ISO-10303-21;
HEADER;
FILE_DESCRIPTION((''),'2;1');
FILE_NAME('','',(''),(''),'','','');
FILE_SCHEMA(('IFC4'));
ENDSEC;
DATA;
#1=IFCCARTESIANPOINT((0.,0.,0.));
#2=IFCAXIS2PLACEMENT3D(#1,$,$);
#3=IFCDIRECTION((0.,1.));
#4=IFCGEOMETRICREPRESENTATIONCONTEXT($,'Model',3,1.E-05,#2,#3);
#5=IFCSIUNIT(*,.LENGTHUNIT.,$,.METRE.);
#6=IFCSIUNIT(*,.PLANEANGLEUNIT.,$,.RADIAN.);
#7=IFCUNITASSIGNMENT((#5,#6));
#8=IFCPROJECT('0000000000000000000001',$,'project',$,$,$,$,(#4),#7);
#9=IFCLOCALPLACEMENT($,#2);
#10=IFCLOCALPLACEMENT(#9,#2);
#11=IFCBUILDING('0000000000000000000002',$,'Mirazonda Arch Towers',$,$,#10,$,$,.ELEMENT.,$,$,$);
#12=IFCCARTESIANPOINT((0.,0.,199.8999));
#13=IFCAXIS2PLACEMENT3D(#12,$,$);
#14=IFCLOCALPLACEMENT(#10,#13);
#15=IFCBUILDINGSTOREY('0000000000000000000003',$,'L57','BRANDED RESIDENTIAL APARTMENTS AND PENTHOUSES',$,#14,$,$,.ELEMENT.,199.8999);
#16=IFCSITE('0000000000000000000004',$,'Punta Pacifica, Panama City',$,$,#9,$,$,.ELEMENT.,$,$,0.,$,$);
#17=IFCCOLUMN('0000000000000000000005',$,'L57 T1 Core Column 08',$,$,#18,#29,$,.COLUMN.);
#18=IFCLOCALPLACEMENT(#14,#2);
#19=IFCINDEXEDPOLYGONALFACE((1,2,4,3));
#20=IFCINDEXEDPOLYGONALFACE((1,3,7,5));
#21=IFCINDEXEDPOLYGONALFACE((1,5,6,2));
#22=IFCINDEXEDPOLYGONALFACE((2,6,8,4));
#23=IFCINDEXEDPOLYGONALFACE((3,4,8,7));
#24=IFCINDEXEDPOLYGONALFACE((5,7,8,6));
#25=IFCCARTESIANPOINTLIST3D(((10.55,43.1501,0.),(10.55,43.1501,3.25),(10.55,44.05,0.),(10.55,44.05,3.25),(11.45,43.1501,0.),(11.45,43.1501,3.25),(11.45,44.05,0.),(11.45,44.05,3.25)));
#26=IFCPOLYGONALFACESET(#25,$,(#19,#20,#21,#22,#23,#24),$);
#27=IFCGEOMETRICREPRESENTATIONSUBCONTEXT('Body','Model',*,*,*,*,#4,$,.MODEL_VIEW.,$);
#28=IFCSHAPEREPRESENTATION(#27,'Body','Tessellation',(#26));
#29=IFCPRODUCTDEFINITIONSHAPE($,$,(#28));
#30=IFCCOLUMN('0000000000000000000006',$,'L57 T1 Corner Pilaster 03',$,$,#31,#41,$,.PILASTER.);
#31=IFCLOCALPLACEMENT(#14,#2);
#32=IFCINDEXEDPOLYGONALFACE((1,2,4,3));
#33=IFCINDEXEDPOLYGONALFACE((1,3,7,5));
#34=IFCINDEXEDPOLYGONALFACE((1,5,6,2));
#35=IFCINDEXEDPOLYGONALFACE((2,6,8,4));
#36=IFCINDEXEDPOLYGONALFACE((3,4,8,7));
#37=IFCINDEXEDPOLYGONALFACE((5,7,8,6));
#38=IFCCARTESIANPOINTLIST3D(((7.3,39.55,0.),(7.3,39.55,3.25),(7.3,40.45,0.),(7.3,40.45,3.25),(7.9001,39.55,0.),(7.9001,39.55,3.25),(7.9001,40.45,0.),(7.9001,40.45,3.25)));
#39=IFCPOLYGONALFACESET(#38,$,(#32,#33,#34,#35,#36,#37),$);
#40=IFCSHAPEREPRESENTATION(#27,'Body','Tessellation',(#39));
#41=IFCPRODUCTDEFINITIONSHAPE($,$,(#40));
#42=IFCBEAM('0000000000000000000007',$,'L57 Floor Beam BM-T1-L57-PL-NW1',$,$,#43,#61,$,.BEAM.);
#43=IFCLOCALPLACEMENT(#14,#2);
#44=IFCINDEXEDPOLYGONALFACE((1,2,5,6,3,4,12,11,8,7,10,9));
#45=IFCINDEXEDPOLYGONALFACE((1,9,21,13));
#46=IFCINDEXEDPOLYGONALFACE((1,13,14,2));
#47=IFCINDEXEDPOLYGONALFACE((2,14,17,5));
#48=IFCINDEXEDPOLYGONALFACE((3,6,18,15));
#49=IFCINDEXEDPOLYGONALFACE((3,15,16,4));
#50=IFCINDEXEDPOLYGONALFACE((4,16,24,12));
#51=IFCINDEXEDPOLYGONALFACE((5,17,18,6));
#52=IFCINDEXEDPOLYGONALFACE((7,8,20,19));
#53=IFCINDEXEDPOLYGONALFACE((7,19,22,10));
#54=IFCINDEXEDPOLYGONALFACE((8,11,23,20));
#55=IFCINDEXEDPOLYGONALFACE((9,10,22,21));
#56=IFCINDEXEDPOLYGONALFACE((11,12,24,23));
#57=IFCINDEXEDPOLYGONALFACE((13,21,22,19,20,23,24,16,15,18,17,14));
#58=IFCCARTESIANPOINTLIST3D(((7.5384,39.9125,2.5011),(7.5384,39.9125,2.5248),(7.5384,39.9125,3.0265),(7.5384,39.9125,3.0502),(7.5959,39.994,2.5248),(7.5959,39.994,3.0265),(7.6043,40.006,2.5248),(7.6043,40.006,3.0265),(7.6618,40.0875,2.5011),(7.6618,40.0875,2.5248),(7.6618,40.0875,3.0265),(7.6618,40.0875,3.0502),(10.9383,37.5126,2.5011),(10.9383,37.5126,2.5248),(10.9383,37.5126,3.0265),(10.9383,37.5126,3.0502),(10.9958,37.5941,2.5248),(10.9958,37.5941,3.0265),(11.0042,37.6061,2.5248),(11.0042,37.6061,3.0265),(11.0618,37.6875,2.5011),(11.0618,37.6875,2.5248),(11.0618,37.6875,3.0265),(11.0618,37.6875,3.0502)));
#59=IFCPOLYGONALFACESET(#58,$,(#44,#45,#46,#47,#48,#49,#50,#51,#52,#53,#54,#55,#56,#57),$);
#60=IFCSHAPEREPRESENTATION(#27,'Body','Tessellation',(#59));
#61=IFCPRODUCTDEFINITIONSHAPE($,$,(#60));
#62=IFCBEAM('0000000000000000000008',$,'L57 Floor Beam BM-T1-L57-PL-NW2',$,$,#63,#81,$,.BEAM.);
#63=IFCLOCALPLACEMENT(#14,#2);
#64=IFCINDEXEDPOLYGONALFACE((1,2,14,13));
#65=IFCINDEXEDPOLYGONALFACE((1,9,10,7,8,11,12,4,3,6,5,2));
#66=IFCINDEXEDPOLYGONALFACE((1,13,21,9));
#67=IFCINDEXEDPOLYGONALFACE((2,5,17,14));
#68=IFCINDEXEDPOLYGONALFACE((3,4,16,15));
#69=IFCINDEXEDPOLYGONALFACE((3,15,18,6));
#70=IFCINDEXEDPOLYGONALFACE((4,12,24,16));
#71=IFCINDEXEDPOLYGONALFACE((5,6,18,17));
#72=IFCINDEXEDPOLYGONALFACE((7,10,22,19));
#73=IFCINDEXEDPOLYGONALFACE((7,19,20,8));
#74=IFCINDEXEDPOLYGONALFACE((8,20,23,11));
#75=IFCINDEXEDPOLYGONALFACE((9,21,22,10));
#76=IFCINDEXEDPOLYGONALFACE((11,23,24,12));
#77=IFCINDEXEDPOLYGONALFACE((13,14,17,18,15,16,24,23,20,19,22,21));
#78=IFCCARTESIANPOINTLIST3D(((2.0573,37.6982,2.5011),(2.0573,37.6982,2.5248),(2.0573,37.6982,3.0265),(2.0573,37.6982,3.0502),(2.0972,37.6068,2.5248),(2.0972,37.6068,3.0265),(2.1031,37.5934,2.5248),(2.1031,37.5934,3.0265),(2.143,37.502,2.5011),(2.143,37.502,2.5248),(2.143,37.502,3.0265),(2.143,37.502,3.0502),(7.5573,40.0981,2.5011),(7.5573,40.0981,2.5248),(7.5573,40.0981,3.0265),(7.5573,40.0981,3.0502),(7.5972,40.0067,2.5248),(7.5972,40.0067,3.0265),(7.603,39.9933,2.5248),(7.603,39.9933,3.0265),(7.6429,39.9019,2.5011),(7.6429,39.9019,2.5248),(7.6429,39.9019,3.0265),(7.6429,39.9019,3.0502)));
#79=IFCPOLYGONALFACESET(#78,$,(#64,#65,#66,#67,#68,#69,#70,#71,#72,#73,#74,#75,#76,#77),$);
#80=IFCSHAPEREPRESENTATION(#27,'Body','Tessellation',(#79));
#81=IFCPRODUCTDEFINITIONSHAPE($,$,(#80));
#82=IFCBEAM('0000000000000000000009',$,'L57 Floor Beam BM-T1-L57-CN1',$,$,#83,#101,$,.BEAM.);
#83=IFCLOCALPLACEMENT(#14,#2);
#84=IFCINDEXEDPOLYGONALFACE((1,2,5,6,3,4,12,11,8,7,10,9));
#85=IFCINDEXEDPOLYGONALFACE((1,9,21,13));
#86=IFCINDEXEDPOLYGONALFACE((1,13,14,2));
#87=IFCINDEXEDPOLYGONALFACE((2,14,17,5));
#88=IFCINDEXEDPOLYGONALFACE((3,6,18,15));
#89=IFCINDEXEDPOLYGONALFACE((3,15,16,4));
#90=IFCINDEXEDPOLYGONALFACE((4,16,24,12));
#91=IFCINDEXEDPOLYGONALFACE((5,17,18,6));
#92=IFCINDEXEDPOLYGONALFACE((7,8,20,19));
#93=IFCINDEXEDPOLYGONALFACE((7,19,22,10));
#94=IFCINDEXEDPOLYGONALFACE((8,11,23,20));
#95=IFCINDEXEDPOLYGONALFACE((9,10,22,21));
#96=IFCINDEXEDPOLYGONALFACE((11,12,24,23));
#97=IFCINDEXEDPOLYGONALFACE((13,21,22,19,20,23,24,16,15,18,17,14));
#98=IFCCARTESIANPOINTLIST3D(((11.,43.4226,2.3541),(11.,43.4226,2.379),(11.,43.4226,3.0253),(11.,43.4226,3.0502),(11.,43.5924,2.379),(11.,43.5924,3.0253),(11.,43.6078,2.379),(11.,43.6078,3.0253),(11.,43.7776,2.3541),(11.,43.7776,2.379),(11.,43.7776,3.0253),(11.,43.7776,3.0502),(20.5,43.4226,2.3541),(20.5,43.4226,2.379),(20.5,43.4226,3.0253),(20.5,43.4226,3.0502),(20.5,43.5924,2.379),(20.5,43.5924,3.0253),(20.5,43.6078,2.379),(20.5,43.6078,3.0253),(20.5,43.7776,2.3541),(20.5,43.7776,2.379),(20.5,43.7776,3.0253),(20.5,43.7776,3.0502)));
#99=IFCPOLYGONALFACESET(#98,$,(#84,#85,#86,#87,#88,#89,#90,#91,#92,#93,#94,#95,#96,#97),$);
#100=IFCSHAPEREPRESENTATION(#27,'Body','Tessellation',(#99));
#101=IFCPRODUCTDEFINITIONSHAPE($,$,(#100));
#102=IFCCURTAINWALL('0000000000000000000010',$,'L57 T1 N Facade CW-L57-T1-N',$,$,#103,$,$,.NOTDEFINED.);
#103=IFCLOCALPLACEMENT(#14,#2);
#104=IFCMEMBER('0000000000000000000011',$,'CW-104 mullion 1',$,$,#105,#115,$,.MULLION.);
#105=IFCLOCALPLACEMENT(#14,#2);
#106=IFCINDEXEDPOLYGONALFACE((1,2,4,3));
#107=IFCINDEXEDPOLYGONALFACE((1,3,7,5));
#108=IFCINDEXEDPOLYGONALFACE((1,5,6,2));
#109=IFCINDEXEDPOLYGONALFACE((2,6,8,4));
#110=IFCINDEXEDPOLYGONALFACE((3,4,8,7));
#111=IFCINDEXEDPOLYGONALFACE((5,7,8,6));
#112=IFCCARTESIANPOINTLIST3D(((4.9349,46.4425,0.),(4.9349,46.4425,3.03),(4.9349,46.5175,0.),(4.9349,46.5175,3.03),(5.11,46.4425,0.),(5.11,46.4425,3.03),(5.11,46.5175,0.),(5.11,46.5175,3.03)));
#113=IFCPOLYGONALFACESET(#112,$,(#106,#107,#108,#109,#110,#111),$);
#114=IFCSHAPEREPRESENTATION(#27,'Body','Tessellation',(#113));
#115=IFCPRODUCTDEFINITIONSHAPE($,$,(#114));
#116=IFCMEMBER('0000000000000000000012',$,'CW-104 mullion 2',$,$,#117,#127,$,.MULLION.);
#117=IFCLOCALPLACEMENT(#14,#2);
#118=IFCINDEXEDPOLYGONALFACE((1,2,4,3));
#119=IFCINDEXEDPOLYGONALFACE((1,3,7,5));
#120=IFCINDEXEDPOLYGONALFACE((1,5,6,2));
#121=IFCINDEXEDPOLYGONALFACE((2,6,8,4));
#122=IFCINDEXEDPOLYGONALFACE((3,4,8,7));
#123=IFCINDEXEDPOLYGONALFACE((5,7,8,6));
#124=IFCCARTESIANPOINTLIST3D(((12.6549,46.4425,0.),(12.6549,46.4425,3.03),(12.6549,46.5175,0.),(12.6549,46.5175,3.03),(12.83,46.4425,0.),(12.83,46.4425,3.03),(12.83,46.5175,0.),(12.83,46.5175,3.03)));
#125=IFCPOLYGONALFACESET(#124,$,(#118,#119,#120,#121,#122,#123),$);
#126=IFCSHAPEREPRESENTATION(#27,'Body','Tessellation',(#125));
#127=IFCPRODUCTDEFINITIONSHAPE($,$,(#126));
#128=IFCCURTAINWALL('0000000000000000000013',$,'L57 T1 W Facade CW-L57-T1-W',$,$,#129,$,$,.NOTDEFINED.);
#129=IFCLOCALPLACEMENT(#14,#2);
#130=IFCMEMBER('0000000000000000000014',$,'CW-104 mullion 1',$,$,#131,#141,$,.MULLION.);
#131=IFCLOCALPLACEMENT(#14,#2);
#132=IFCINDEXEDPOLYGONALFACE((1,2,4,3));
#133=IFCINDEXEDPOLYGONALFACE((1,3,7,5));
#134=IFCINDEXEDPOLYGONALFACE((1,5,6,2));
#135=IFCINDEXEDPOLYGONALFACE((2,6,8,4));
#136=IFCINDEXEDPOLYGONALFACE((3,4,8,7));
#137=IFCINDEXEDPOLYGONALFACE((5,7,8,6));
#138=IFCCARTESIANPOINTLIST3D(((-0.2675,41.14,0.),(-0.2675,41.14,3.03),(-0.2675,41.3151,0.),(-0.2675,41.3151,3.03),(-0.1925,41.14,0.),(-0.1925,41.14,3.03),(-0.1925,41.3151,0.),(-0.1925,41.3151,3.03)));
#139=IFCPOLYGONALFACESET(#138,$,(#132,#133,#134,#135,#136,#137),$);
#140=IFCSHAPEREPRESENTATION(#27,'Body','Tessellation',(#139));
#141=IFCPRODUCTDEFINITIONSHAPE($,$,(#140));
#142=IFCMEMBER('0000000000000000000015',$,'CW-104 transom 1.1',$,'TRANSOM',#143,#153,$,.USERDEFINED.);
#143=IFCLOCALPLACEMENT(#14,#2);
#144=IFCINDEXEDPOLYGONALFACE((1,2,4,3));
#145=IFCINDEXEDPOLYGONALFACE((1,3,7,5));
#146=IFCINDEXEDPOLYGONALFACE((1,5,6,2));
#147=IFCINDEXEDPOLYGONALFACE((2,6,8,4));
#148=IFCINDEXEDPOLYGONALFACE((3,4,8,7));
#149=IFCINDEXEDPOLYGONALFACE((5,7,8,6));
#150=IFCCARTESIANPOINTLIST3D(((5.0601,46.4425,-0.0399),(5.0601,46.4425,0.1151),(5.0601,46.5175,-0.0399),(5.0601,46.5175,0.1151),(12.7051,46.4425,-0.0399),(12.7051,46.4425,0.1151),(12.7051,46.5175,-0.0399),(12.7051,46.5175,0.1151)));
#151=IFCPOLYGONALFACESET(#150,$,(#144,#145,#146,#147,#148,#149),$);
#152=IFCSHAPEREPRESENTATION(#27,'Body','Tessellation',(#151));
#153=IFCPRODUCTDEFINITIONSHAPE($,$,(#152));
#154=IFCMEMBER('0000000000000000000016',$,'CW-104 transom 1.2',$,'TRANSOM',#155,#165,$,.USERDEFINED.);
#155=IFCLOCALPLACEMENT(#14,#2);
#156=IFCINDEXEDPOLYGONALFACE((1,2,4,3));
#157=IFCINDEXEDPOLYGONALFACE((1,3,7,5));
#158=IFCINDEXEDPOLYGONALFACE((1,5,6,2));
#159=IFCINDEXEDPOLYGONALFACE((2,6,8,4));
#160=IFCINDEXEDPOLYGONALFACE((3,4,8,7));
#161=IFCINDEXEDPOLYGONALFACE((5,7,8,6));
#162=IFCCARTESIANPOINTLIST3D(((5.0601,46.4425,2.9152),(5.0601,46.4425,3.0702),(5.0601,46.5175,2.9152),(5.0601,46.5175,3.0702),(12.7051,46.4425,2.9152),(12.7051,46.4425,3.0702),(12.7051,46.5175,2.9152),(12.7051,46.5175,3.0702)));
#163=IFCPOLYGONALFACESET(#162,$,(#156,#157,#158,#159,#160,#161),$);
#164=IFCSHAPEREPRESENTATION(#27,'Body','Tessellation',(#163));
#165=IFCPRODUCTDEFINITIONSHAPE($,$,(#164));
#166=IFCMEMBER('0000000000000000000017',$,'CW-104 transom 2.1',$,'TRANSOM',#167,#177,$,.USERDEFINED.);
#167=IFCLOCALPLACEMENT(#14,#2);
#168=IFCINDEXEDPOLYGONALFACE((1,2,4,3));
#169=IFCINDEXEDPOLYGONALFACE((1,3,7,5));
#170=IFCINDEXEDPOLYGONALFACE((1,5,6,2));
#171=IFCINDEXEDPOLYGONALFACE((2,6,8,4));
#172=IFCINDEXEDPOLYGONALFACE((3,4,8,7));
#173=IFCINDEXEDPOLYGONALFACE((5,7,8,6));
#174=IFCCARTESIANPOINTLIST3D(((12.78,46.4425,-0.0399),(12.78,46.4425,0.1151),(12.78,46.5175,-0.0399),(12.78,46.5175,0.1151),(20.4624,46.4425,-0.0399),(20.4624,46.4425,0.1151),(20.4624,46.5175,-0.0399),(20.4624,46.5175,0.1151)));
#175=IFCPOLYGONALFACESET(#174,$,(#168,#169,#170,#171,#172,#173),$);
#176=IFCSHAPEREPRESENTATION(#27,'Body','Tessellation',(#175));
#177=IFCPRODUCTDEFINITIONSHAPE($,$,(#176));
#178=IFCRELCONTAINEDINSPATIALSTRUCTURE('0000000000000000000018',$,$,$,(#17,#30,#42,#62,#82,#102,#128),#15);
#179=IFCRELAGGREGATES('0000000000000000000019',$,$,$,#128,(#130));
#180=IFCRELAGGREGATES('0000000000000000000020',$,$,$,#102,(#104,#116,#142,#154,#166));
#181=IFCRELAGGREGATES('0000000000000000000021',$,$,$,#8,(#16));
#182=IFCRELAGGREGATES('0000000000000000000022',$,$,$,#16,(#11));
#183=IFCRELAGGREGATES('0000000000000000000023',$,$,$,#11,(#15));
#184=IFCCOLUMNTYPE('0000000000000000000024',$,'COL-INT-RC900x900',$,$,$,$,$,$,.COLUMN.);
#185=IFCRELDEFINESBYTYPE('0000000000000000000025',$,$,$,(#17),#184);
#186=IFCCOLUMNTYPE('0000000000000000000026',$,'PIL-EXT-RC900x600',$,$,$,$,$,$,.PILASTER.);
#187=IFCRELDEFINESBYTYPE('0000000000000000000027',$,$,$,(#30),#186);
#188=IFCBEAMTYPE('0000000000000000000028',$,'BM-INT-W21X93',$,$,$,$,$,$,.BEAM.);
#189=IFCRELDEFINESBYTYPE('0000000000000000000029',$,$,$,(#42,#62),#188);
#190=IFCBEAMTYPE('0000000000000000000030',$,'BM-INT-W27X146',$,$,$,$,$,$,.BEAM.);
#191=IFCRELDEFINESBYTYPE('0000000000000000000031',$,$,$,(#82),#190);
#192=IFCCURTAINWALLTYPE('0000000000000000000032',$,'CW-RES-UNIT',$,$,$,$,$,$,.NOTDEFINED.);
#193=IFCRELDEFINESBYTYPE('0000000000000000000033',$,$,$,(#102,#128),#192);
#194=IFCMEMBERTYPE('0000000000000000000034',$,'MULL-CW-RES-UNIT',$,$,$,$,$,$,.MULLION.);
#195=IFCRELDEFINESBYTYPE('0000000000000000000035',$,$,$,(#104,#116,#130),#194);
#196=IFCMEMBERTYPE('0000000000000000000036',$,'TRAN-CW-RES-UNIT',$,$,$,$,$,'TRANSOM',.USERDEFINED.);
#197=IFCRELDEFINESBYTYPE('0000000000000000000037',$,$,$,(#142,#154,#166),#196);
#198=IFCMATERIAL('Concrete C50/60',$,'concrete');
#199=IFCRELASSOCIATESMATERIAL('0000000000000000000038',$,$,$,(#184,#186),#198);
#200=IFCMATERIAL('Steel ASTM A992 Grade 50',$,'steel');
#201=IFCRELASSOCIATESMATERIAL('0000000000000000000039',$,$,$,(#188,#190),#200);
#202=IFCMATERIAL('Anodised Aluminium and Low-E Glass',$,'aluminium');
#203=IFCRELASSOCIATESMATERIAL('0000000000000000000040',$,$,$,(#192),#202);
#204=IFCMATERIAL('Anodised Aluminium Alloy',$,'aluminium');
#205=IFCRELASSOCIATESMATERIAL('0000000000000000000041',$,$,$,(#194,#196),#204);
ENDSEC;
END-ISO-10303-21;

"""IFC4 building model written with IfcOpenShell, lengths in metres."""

from ifc_helpers import new_model, si_unit, direction, frame, origin, origin_2d, place, context, subcontext, project, spatial, rectangle, i_section, extrude, material, material_profile, profile_set, type_object, element, aggregate, save


model = new_model("IFC4")

# Units and contexts
model_context = context("Model", 3, precision=1e-05, world=origin(), true_north=direction((0.0, 1.0)))
body_context = subcontext(model_context, "Body", "Model", "MODEL_VIEW")
ifc_project = project(units=[si_unit("LENGTHUNIT", "METRE"), si_unit("PLANEANGLEUNIT", "RADIAN")], contexts=[model_context])

# Site, building, storey
site_placement = place(None, origin())
site = spatial("IfcSite", under=ifc_project, at=site_placement, Name="Punta Pacifica, Panama City", CompositionType="ELEMENT", RefElevation=0.0)
building_placement = place(site_placement, origin())
building = spatial("IfcBuilding", under=site, at=building_placement, Name="Mirazonda Arch Towers", CompositionType="ELEMENT")
storey_placement = place(building_placement, frame((0.0, 0.0, 199.8999)))
storey = spatial("IfcBuildingStorey", under=building, at=storey_placement, Name="L57", Description="BRANDED RESIDENTIAL APARTMENTS AND PENTHOUSES", CompositionType="ELEMENT", Elevation=199.8999)

# Columns
ifc_material_1 = material(Name="Concrete C50/60", Category="concrete")
ifc_material_profile_1 = material_profile(ifc_material_1, rectangle(XDim=0.8999, YDim=0.8999, at=origin_2d()), Name="RC900x900")
ifc_profile_set_1 = profile_set([ifc_material_profile_1], Name="Concrete C50/60")
column_type_1 = type_object("IfcColumnType", Name="COL-INT-RC900x900", PredefinedType="COLUMN", material=ifc_profile_set_1)
column_1_placement = place(storey_placement, frame((11.0, 43.6001, 0.0), z_axis=(0.0, 0.0, 1.0), x_axis=(1.0, 0.0, 0.0)))
element("IfcColumn", 1, at=column_1_placement, inside=storey, type_object=column_type_1, Name="L57 T1 Core Column 08", PredefinedType="COLUMN", context=body_context, shape_type="SweptSolid", body=[
    extrude(rectangle(XDim=0.8999, YDim=0.8999, at=origin_2d()), origin(), (0.0, 0.0, 1.0), 3.25),
])
ifc_material_profile_2 = material_profile(ifc_material_1, rectangle(XDim=0.6001, YDim=0.8999, at=origin_2d()), Name="RC900x600")
ifc_profile_set_2 = profile_set([ifc_material_profile_2], Name="Concrete C50/60")
column_type_2 = type_object("IfcColumnType", Name="PIL-EXT-RC900x600", PredefinedType="PILASTER", material=ifc_profile_set_2)
column_2_placement = place(storey_placement, frame((7.6001, 40.0, 0.0), z_axis=(0.0, 0.0, 1.0), x_axis=(1.0, 0.0, 0.0)))
element("IfcColumn", 2, at=column_2_placement, inside=storey, type_object=column_type_2, Name="L57 T1 Corner Pilaster 03", PredefinedType="PILASTER", context=body_context, shape_type="SweptSolid", body=[
    extrude(rectangle(XDim=0.6001, YDim=0.8999, at=origin_2d()), origin(), (0.0, 0.0, 1.0), 3.25),
])

# Beams
ifc_material_2 = material(Name="Steel ASTM A992 Grade 50", Category="steel")
ifc_material_profile_3 = material_profile(ifc_material_2, i_section(OverallWidth=0.2141, OverallDepth=0.5491, WebThickness=0.0146, FlangeThickness=0.0237, at=origin_2d()), Name="W21X93")
ifc_profile_set_3 = profile_set([ifc_material_profile_3], Name="Steel ASTM A992 Grade 50")
beam_type_1 = type_object("IfcBeamType", Name="BM-INT-W21X93", PredefinedType="BEAM", material=ifc_profile_set_3)
beam_1_placement = place(storey_placement, frame((7.6001, 40.0, 2.7756), z_axis=(0.816971, -0.576679, 0.0), x_axis=(0.576679, 0.816971, 0.0)))
element("IfcBeam", 3, at=beam_1_placement, inside=storey, type_object=beam_type_1, Name="L57 Floor Beam BM-T1-L57-PL-NW1", PredefinedType="BEAM", context=body_context, shape_type="SweptSolid", body=[
    extrude(i_section(OverallWidth=0.2141, OverallDepth=0.5491, WebThickness=0.0146, FlangeThickness=0.0237, at=origin_2d()), origin(), (0.0, 0.0, 1.0), 4.1616),
])
beam_2_placement = place(storey_placement, frame((7.6001, 40.0, 2.7756), z_axis=(-0.916545, -0.399931, 0.0), x_axis=(0.399931, -0.916545, 0.0)))
element("IfcBeam", 4, at=beam_2_placement, inside=storey, type_object=beam_type_1, Name="L57 Floor Beam BM-T1-L57-PL-NW2", PredefinedType="BEAM", context=body_context, shape_type="SweptSolid", body=[
    extrude(i_section(OverallWidth=0.2141, OverallDepth=0.5491, WebThickness=0.0146, FlangeThickness=0.0237, at=origin_2d()), origin(), (0.0, 0.0, 1.0), 6.0007),
])
ifc_material_profile_4 = material_profile(ifc_material_2, i_section(OverallWidth=0.355, OverallDepth=0.696, WebThickness=0.0154, FlangeThickness=0.0249, at=origin_2d()), Name="W27X146")
ifc_profile_set_4 = profile_set([ifc_material_profile_4], Name="Steel ASTM A992 Grade 50")
beam_type_2 = type_object("IfcBeamType", Name="BM-INT-W27X146", PredefinedType="BEAM", material=ifc_profile_set_4)
beam_3_placement = place(storey_placement, frame((11.0, 43.6001, 2.7021), z_axis=(1.0, 0.0, 0.0), x_axis=(0.0, 1.0, 0.0)))
element("IfcBeam", 5, at=beam_3_placement, inside=storey, type_object=beam_type_2, Name="L57 Floor Beam BM-T1-L57-CN1", PredefinedType="BEAM", context=body_context, shape_type="SweptSolid", body=[
    extrude(i_section(OverallWidth=0.355, OverallDepth=0.696, WebThickness=0.0154, FlangeThickness=0.0249, at=origin_2d()), origin(), (0.0, 0.0, 1.0), 9.5),
])

# Curtain wall, members
ifc_material_3 = material(Name="Anodised Aluminium and Low-E Glass", Category="aluminium")
curtain_wall_type = type_object("IfcCurtainWallType", Name="CW-RES-UNIT", PredefinedType="NOTDEFINED", material=ifc_material_3)
curtain_wall_1_placement = place(storey_placement, origin())
curtain_wall_1 = element("IfcCurtainWall", 6, at=curtain_wall_1_placement, inside=storey, type_object=curtain_wall_type, Name="L57 T1 N Facade CW-L57-T1-N", PredefinedType="NOTDEFINED")
ifc_material_4 = material(Name="Anodised Aluminium Alloy", Category="aluminium")
ifc_material_profile_5 = material_profile(ifc_material_4, rectangle(XDim=0.075, YDim=0.175, at=origin_2d()), Name="ALU-MULL-75x175")
ifc_profile_set_5 = profile_set([ifc_material_profile_5], Name="Anodised Aluminium Alloy")
member_type_1 = type_object("IfcMemberType", Name="MULL-CW-RES-UNIT", PredefinedType="MULLION", material=ifc_profile_set_5)
member_1_placement = place(storey_placement, frame((5.0225, 46.48, 0.0), z_axis=(0.0, 0.0, 1.0), x_axis=(0.0, 1.0, 0.0)))
member_1 = element("IfcMember", 7, at=member_1_placement, type_object=member_type_1, Name="CW-104 mullion 1", PredefinedType="MULLION", context=body_context, shape_type="SweptSolid", body=[
    extrude(rectangle(XDim=0.075, YDim=0.175, at=origin_2d()), origin(), (0.0, 0.0, 1.0), 3.03),
])
member_2_placement = place(storey_placement, frame((12.7424, 46.48, 0.0), z_axis=(0.0, 0.0, 1.0), x_axis=(0.0, 1.0, 0.0)))
member_2 = element("IfcMember", 8, at=member_2_placement, type_object=member_type_1, Name="CW-104 mullion 2", PredefinedType="MULLION", context=body_context, shape_type="SweptSolid", body=[
    extrude(rectangle(XDim=0.075, YDim=0.175, at=origin_2d()), origin(), (0.0, 0.0, 1.0), 3.03),
])

# Curtain wall, member
curtain_wall_2_placement = place(storey_placement, origin())
curtain_wall_2 = element("IfcCurtainWall", 9, at=curtain_wall_2_placement, inside=storey, type_object=curtain_wall_type, Name="L57 T1 W Facade CW-L57-T1-W", PredefinedType="NOTDEFINED")
member_3_placement = place(storey_placement, frame((-0.23, 41.2275, 0.0), z_axis=(0.0, 0.0, 1.0), x_axis=(1.0, 0.0, 0.0)))
member_3 = element("IfcMember", 10, at=member_3_placement, type_object=member_type_1, Name="CW-104 mullion 1", PredefinedType="MULLION", context=body_context, shape_type="SweptSolid", body=[
    extrude(rectangle(XDim=0.075, YDim=0.175, at=origin_2d()), origin(), (0.0, 0.0, 1.0), 3.03),
])

# Members
ifc_material_profile_6 = material_profile(ifc_material_4, rectangle(XDim=0.075, YDim=0.155, at=origin_2d()), Name="ALU-TRAN-75x155")
ifc_profile_set_6 = profile_set([ifc_material_profile_6], Name="Anodised Aluminium Alloy")
member_type_2 = type_object("IfcMemberType", Name="TRAN-CW-RES-UNIT", ElementType="TRANSOM", PredefinedType="USERDEFINED", material=ifc_profile_set_6)
member_4_placement = place(storey_placement, frame((5.0601, 46.48, 0.0376), z_axis=(1.0, 0.0, 0.0), x_axis=(0.0, 1.0, 0.0)))
member_4 = element("IfcMember", 11, at=member_4_placement, type_object=member_type_2, Name="CW-104 transom 1.1", ObjectType="TRANSOM", PredefinedType="USERDEFINED", context=body_context, shape_type="SweptSolid", body=[
    extrude(rectangle(XDim=0.075, YDim=0.155, at=origin_2d()), origin(), (0.0, 0.0, 1.0), 7.645),
])
member_5_placement = place(storey_placement, frame((5.0601, 46.48, 2.9927), z_axis=(1.0, 0.0, 0.0), x_axis=(0.0, 1.0, 0.0)))
member_5 = element("IfcMember", 12, at=member_5_placement, type_object=member_type_2, Name="CW-104 transom 1.2", ObjectType="TRANSOM", PredefinedType="USERDEFINED", context=body_context, shape_type="SweptSolid", body=[
    extrude(rectangle(XDim=0.075, YDim=0.155, at=origin_2d()), origin(), (0.0, 0.0, 1.0), 7.645),
])
member_6_placement = place(storey_placement, frame((12.78, 46.48, 0.0376), z_axis=(1.0, 0.0, 0.0), x_axis=(0.0, 1.0, 0.0)))
member_6 = element("IfcMember", 13, at=member_6_placement, type_object=member_type_2, Name="CW-104 transom 2.1", ObjectType="TRANSOM", PredefinedType="USERDEFINED", context=body_context, shape_type="SweptSolid", body=[
    extrude(rectangle(XDim=0.075, YDim=0.155, at=origin_2d()), origin(), (0.0, 0.0, 1.0), 7.6824),
])
aggregate(curtain_wall_2, [member_3])

aggregate(curtain_wall_1, [member_1, member_2, member_4, member_5, member_6])

save(model, "model.ifc")
